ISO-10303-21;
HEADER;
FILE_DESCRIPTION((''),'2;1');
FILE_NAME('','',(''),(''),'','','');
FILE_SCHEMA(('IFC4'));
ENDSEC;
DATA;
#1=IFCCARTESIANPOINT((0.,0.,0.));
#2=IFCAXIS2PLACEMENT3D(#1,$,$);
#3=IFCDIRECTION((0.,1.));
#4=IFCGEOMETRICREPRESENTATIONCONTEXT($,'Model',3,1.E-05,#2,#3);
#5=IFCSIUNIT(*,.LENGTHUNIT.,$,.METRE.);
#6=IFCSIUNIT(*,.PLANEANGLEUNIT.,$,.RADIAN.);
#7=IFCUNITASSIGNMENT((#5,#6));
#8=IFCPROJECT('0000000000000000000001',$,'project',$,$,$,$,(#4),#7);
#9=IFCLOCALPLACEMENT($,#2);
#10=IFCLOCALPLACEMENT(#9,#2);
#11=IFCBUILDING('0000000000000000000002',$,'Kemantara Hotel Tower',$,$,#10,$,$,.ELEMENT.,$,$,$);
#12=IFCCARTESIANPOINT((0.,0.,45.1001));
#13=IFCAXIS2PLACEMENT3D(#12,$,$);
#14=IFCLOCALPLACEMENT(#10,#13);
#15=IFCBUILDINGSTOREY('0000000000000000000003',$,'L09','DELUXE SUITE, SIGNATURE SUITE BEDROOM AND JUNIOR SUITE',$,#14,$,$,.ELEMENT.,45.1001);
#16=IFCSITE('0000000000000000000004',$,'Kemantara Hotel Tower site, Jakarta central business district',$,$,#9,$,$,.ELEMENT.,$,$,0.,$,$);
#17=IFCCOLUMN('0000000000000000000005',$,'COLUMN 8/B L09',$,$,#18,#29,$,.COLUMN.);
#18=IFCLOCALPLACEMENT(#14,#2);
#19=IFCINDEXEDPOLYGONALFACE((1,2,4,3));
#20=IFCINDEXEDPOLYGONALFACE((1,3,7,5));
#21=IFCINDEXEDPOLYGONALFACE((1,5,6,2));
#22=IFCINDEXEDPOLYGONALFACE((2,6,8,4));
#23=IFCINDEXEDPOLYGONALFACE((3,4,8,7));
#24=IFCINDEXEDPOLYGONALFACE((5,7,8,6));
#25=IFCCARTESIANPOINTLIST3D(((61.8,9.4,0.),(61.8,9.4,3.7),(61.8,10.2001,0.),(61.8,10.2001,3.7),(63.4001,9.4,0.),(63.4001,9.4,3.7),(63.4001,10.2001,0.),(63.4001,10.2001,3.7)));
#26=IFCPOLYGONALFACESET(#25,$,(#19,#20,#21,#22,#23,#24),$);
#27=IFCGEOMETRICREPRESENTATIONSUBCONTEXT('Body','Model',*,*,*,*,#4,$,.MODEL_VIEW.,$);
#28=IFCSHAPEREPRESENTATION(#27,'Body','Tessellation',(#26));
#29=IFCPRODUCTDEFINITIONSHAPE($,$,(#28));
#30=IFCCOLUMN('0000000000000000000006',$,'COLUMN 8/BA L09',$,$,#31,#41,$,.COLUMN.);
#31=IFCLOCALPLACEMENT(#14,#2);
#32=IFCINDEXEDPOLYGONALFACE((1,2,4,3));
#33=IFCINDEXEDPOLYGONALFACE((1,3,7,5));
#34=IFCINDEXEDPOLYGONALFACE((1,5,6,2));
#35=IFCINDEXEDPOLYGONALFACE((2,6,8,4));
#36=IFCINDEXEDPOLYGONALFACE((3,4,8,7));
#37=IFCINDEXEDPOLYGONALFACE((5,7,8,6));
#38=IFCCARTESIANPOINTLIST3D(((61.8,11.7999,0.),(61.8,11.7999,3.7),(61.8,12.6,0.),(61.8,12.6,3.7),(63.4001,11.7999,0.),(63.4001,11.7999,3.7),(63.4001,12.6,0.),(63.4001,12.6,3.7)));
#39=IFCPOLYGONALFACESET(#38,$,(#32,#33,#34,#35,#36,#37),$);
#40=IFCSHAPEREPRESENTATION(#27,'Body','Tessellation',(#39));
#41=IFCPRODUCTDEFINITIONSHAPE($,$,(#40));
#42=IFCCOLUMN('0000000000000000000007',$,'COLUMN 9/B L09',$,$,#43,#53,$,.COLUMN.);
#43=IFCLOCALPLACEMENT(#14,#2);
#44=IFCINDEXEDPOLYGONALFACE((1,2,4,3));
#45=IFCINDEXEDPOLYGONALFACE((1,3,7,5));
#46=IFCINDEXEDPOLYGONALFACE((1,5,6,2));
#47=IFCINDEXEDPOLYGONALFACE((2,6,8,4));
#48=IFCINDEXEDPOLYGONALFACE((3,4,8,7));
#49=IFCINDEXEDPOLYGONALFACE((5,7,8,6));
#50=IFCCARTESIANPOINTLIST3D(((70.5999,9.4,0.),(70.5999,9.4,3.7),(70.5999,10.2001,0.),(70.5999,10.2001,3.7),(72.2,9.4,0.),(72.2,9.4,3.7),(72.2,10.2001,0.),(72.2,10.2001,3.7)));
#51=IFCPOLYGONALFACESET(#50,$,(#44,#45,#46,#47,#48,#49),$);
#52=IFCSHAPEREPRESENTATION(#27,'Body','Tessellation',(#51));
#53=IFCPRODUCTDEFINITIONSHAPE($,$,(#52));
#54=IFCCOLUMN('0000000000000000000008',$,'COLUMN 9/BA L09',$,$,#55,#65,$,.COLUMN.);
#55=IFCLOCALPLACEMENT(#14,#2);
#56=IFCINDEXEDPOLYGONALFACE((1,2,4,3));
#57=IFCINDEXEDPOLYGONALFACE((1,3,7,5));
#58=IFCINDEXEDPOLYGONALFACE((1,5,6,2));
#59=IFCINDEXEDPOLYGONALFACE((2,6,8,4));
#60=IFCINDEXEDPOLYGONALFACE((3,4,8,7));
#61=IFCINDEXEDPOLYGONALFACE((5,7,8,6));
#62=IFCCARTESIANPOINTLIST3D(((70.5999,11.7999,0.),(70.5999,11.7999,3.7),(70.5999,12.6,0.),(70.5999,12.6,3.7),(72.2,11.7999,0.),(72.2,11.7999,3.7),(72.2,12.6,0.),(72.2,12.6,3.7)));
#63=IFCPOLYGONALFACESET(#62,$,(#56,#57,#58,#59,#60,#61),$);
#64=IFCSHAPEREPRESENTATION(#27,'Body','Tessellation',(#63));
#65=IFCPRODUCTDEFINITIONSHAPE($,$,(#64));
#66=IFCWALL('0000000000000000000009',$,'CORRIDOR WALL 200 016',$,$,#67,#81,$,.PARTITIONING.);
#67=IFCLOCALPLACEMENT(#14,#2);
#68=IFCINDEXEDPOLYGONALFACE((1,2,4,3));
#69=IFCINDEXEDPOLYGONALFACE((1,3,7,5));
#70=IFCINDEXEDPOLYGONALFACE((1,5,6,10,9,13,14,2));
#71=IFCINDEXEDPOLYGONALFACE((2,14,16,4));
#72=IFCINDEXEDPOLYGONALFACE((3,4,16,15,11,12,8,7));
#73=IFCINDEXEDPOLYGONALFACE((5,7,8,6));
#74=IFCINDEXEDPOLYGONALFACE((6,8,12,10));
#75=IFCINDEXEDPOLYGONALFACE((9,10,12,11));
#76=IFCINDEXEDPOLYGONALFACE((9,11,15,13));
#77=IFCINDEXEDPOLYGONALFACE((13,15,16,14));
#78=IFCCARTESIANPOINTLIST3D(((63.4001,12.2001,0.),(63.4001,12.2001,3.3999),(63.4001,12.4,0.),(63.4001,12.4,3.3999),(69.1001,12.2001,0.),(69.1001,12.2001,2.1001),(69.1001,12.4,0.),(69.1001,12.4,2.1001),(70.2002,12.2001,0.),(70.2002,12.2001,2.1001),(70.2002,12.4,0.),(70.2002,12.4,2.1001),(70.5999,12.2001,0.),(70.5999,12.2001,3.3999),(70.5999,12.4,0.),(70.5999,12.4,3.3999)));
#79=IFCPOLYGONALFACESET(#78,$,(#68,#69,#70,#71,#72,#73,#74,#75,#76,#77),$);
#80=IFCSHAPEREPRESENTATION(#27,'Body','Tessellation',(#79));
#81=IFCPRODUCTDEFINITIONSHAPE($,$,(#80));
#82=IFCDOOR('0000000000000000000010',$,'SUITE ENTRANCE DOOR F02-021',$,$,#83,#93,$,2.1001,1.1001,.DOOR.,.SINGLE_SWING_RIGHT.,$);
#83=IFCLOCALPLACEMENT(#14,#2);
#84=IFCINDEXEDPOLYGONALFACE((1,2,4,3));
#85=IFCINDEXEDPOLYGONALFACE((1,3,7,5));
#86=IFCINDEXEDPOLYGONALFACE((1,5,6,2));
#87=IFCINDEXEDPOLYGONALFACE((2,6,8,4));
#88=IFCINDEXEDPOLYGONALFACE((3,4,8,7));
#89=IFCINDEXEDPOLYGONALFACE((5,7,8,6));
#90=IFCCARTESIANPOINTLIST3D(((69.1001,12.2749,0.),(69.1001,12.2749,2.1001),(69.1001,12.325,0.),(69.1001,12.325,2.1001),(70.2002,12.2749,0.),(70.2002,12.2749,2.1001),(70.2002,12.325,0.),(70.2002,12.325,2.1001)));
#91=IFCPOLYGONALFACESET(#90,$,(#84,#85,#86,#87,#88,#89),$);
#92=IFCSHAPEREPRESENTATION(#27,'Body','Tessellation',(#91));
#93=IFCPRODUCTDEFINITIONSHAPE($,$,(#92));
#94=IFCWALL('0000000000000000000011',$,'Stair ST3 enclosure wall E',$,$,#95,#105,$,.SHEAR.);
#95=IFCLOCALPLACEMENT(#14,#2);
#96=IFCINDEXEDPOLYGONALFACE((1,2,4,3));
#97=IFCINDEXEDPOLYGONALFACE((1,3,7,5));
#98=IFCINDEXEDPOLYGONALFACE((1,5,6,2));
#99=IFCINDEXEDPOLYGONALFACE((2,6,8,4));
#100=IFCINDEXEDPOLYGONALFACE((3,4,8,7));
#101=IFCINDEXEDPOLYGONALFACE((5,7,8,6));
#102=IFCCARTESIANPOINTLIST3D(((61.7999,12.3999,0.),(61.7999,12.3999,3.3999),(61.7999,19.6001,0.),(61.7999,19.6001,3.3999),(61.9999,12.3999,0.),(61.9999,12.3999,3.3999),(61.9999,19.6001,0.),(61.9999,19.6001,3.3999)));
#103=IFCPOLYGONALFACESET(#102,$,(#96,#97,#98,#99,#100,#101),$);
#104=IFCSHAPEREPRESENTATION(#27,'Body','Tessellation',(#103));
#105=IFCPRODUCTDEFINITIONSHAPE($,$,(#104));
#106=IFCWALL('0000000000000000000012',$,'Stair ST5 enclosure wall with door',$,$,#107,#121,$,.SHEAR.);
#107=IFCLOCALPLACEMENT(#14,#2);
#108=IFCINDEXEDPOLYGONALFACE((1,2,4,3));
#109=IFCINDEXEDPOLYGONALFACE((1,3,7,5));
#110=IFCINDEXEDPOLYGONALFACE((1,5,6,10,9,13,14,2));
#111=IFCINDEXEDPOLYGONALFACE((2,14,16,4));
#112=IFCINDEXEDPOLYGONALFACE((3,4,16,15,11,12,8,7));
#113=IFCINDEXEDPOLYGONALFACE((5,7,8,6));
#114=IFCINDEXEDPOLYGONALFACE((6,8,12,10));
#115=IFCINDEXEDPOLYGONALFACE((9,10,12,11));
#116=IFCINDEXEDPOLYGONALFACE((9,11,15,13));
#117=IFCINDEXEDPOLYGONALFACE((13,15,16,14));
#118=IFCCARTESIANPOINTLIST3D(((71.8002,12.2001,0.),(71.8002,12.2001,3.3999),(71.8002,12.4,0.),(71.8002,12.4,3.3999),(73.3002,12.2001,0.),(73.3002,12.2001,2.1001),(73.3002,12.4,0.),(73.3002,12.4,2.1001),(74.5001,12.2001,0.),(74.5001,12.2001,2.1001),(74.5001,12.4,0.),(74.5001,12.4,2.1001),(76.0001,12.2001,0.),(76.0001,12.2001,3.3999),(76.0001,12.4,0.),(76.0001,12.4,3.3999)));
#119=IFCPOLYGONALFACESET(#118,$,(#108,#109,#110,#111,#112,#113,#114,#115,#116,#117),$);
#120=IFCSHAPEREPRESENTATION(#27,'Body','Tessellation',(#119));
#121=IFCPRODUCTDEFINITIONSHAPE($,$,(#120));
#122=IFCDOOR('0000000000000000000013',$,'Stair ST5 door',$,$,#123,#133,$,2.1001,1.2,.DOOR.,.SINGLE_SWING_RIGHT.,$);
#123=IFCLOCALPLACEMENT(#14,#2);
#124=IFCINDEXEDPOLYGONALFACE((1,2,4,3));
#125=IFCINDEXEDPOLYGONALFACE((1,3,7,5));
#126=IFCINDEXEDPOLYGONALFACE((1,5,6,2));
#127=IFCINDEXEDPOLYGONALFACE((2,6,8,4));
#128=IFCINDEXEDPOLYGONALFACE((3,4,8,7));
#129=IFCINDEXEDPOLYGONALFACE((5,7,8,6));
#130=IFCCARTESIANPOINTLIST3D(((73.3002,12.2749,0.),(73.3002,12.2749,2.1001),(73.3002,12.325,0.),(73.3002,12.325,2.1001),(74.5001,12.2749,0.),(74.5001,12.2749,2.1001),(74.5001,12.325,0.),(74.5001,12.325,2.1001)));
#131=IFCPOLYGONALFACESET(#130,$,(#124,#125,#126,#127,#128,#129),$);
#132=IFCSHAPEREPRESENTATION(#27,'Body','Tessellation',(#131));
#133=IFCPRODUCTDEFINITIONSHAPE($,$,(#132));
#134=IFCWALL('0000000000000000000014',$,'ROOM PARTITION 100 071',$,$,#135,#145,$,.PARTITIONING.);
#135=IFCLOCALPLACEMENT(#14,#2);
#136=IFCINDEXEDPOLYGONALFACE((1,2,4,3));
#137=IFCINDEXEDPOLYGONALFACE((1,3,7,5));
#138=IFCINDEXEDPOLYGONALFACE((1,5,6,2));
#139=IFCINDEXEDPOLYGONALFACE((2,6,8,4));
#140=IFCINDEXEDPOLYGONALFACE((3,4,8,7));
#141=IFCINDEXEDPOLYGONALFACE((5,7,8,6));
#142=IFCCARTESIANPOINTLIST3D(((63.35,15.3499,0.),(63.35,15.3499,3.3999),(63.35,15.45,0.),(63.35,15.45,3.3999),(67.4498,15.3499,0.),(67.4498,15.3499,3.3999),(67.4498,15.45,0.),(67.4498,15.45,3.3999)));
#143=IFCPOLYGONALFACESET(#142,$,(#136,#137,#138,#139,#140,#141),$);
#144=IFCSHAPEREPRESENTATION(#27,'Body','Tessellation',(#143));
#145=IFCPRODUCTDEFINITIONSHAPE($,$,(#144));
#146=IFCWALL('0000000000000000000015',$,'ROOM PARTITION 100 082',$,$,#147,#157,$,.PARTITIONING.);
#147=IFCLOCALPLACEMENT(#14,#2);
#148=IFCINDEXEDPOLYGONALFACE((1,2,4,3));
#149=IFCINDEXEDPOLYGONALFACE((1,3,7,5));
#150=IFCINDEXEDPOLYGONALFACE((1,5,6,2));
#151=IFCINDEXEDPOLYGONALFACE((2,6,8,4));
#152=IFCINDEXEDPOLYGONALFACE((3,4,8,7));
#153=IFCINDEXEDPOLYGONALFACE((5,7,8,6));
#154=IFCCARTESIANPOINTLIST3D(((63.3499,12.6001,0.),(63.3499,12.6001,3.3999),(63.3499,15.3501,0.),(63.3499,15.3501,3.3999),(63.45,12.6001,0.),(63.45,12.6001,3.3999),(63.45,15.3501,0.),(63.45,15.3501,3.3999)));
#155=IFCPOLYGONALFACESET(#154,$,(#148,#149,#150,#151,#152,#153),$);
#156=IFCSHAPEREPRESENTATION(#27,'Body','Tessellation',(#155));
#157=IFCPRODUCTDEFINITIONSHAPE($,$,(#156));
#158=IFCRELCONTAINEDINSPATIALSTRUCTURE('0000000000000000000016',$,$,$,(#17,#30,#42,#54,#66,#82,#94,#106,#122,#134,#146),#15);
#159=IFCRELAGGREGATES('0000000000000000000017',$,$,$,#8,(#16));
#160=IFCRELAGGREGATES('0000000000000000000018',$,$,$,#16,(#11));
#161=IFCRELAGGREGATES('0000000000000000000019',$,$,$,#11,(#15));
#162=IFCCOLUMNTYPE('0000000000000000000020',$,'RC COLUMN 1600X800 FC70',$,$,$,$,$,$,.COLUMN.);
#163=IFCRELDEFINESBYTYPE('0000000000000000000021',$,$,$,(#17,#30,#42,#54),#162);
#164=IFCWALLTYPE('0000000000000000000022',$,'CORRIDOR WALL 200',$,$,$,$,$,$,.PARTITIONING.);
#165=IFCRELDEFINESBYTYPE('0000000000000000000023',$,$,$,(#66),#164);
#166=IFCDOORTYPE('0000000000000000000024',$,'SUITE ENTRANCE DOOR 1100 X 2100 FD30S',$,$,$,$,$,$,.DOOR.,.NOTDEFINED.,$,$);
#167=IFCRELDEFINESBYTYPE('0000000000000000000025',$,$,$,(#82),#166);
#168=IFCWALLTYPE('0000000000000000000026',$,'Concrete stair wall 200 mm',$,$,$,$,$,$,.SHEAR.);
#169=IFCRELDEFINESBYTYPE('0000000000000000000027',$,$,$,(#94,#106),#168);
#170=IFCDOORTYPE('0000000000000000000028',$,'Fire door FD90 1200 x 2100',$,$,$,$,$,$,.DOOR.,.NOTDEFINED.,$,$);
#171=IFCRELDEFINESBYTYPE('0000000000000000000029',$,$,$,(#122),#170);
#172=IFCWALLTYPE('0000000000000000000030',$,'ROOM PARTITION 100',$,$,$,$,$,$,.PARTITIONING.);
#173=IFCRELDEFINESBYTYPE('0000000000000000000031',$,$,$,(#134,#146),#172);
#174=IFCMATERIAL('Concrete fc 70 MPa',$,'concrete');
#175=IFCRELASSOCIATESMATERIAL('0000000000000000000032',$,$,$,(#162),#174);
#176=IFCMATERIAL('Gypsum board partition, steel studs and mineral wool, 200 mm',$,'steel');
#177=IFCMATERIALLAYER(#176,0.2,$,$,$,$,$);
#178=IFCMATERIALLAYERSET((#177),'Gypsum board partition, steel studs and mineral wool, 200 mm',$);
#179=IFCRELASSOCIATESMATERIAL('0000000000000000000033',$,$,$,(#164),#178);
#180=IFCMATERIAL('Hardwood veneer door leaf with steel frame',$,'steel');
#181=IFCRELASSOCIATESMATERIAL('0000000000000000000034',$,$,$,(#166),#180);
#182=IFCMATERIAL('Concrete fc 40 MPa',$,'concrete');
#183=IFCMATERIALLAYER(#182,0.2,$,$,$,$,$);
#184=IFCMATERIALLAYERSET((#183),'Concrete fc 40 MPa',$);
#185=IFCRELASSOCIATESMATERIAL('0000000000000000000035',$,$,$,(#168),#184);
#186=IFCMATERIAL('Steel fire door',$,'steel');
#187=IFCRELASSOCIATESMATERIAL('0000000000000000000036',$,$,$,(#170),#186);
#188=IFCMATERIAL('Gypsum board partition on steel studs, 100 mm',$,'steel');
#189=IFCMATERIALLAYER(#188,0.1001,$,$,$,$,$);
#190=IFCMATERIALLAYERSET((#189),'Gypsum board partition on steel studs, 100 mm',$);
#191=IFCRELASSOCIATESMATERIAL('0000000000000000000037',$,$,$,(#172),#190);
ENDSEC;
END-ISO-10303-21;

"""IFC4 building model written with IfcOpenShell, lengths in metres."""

from ifc_helpers import new_model, si_unit, direction, frame, frame_2d, origin, origin_2d, place, context, subcontext, project, spatial, rectangle, extrude, material, layer, layer_set, material_profile, profile_set, type_object, element, fill, save


model = new_model("IFC4")

# Units and contexts
model_context = context("Model", 3, precision=1e-05, world=origin(), true_north=direction((0.0, 1.0)))
body_context = subcontext(model_context, "Body", "Model", "MODEL_VIEW")
ifc_project = project(units=[si_unit("LENGTHUNIT", "METRE"), si_unit("PLANEANGLEUNIT", "RADIAN")], contexts=[model_context])

# Site, building, storey
site_placement = place(None, origin())
site = spatial("IfcSite", under=ifc_project, at=site_placement, Name="Kemantara Hotel Tower site, Jakarta central business district", CompositionType="ELEMENT", RefElevation=0.0)
building_placement = place(site_placement, origin())
building = spatial("IfcBuilding", under=site, at=building_placement, Name="Kemantara Hotel Tower", CompositionType="ELEMENT")
storey_placement = place(building_placement, frame((0.0, 0.0, 45.1001)))
storey = spatial("IfcBuildingStorey", under=building, at=storey_placement, Name="L09", Description="DELUXE SUITE, SIGNATURE SUITE BEDROOM AND JUNIOR SUITE", CompositionType="ELEMENT", Elevation=45.1001)

# Columns
ifc_material_1 = material(Name="Concrete fc 70 MPa", Category="concrete")
ifc_material_profile = material_profile(ifc_material_1, rectangle(XDim=1.6001, YDim=0.8, at=origin_2d()), Name="RC 1600X800")
ifc_profile_set = profile_set([ifc_material_profile], Name="Concrete fc 70 MPa")
column_type = type_object("IfcColumnType", Name="RC COLUMN 1600X800 FC70", PredefinedType="COLUMN", material=ifc_profile_set)
for number, where, z_axis, x_axis, name in (
    (1, (62.6001, 9.8, 0.0), (0.0, 0.0, 1.0), (1.0, 0.0, 0.0), "COLUMN 8/B L09"),
    (2, (62.6001, 12.2, 0.0), (0.0, 0.0, 1.0), (1.0, 0.0, 0.0), "COLUMN 8/BA L09"),
    (3, (71.3999, 9.8, 0.0), (0.0, 0.0, 1.0), (1.0, 0.0, 0.0), "COLUMN 9/B L09"),
    (4, (71.3999, 12.2, 0.0), (0.0, 0.0, 1.0), (1.0, 0.0, 0.0), "COLUMN 9/BA L09"),
):
    element("IfcColumn", number, at=place(storey_placement, frame(where, z_axis=z_axis, x_axis=x_axis)), inside=storey, type_object=column_type, Name=name, PredefinedType="COLUMN", context=body_context, shape_type="SweptSolid", body=[
        extrude(rectangle(XDim=1.6001, YDim=0.8, at=origin_2d()), origin(), (0.0, 0.0, 1.0), 3.7),
    ])

# Wall, opening, door
ifc_material_2 = material(Name="Gypsum board partition, steel studs and mineral wool, 200 mm", Category="steel")
ifc_layer_1 = layer(ifc_material_2, 0.2)
ifc_layer_set_1 = layer_set([ifc_layer_1], Name="Gypsum board partition, steel studs and mineral wool, 200 mm")
wall_type_1 = type_object("IfcWallType", Name="CORRIDOR WALL 200", PredefinedType="PARTITIONING", material=ifc_layer_set_1)
wall_1_placement = place(storey_placement, frame((63.4001, 12.3, 0.0), z_axis=(0.0, 0.0, 1.0), x_axis=(1.0, 0.0, 0.0)))
wall_1 = element("IfcWall", 5, at=wall_1_placement, inside=storey, type_object=wall_type_1, Name="CORRIDOR WALL 200 016", PredefinedType="PARTITIONING", context=body_context, shape_type="SweptSolid", body=[
    extrude(rectangle(XDim=7.1997, YDim=0.2, at=frame_2d((3.5999, 0.0))), origin(), (0.0, 0.0, 1.0), 3.3999),
])
opening_1_placement = place(wall_1_placement, frame((5.7, 0.0, 0.0)))
opening_1 = element("IfcOpeningElement", 6, at=opening_1_placement, cuts=wall_1, PredefinedType="OPENING", context=body_context, shape_type="SweptSolid", body=[
    extrude(rectangle(XDim=1.1001, YDim=2.1001, at=frame_2d((0.55, 1.05))), frame((0.0, 0.1099, 0.0), z_axis=(0.0, -1.0, 0.0), x_axis=(1.0, 0.0, 0.0)), (0.0, 0.0, 1.0), 0.22),
])
ifc_material_3 = material(Name="Hardwood veneer door leaf with steel frame", Category="steel")
door_type_1 = type_object("IfcDoorType", Name="SUITE ENTRANCE DOOR 1100 X 2100 FD30S", OperationType="NOTDEFINED", PredefinedType="DOOR", material=ifc_material_3)
door_1_placement = place(opening_1_placement, origin())
door_1 = element("IfcDoor", 7, at=door_1_placement, inside=storey, type_object=door_type_1, Name="SUITE ENTRANCE DOOR F02-021", OperationType="SINGLE_SWING_RIGHT", OverallHeight=2.1001, OverallWidth=1.1001, PredefinedType="DOOR", context=body_context, shape_type="SweptSolid", body=[
    extrude(rectangle(XDim=1.1001, YDim=2.1001, at=frame_2d((0.55, 1.05))), frame((0.0, 0.0249, 0.0), z_axis=(0.0, -1.0, 0.0), x_axis=(1.0, 0.0, 0.0)), (0.0, 0.0, 1.0), 0.05),
])
fill(opening_1, door_1)

# Wall
ifc_material_4 = material(Name="Concrete fc 40 MPa", Category="concrete")
ifc_layer_2 = layer(ifc_material_4, 0.2)
ifc_layer_set_2 = layer_set([ifc_layer_2], Name="Concrete fc 40 MPa")
wall_type_2 = type_object("IfcWallType", Name="Concrete stair wall 200 mm", PredefinedType="SHEAR", material=ifc_layer_set_2)
wall_2_placement = place(storey_placement, frame((61.8999, 12.3999, 0.0), z_axis=(0.0, 0.0, 1.0), x_axis=(0.0, 1.0, 0.0)))
element("IfcWall", 8, at=wall_2_placement, inside=storey, type_object=wall_type_2, Name="Stair ST3 enclosure wall E", PredefinedType="SHEAR", context=body_context, shape_type="SweptSolid", body=[
    extrude(rectangle(XDim=7.2002, YDim=0.2, at=frame_2d((3.6001, 0.0))), origin(), (0.0, 0.0, 1.0), 3.3999),
])

# Wall, opening, door
wall_3_placement = place(storey_placement, frame((71.8, 12.3, 0.0), z_axis=(0.0, 0.0, 1.0), x_axis=(1.0, 0.0, 0.0)))
wall_3 = element("IfcWall", 9, at=wall_3_placement, inside=storey, type_object=wall_type_2, Name="Stair ST5 enclosure wall with door", PredefinedType="SHEAR", context=body_context, shape_type="SweptSolid", body=[
    extrude(rectangle(XDim=4.2, YDim=0.2, at=frame_2d((2.1001, 0.0))), origin(), (0.0, 0.0, 1.0), 3.3999),
])
opening_2_placement = place(wall_3_placement, frame((1.5, 0.0, 0.0)))
opening_2 = element("IfcOpeningElement", 10, at=opening_2_placement, cuts=wall_3, PredefinedType="OPENING", context=body_context, shape_type="SweptSolid", body=[
    extrude(rectangle(XDim=1.2, YDim=2.1001, at=frame_2d((0.6001, 1.05))), frame((0.0, 0.1099, 0.0), z_axis=(0.0, -1.0, 0.0), x_axis=(1.0, 0.0, 0.0)), (0.0, 0.0, 1.0), 0.22),
])
ifc_material_5 = material(Name="Steel fire door", Category="steel")
door_type_2 = type_object("IfcDoorType", Name="Fire door FD90 1200 x 2100", OperationType="NOTDEFINED", PredefinedType="DOOR", material=ifc_material_5)
door_2_placement = place(opening_2_placement, origin())
door_2 = element("IfcDoor", 11, at=door_2_placement, inside=storey, type_object=door_type_2, Name="Stair ST5 door", OperationType="SINGLE_SWING_RIGHT", OverallHeight=2.1001, OverallWidth=1.2, PredefinedType="DOOR", context=body_context, shape_type="SweptSolid", body=[
    extrude(rectangle(XDim=1.2, YDim=2.1001, at=frame_2d((0.6001, 1.05))), frame((0.0, 0.0249, 0.0), z_axis=(0.0, -1.0, 0.0), x_axis=(1.0, 0.0, 0.0)), (0.0, 0.0, 1.0), 0.05),
])
fill(opening_2, door_2)

# Walls
ifc_material_6 = material(Name="Gypsum board partition on steel studs, 100 mm", Category="steel")
ifc_layer_3 = layer(ifc_material_6, 0.1001)
ifc_layer_set_3 = layer_set([ifc_layer_3], Name="Gypsum board partition on steel studs, 100 mm")
wall_type_3 = type_object("IfcWallType", Name="ROOM PARTITION 100", PredefinedType="PARTITIONING", material=ifc_layer_set_3)
wall_4_placement = place(storey_placement, frame((63.3501, 15.3999, 0.0), z_axis=(0.0, 0.0, 1.0), x_axis=(1.0, 0.0, 0.0)))
element("IfcWall", 12, at=wall_4_placement, inside=storey, type_object=wall_type_3, Name="ROOM PARTITION 100 071", PredefinedType="PARTITIONING", context=body_context, shape_type="SweptSolid", body=[
    extrude(rectangle(XDim=4.0999, YDim=0.1001, at=frame_2d((2.0498, 0.0))), origin(), (0.0, 0.0, 1.0), 3.3999),
])
wall_5_placement = place(storey_placement, frame((63.3999, 12.6001, 0.0), z_axis=(0.0, 0.0, 1.0), x_axis=(0.0, 1.0, 0.0)))
element("IfcWall", 13, at=wall_5_placement, inside=storey, type_object=wall_type_3, Name="ROOM PARTITION 100 082", PredefinedType="PARTITIONING", context=body_context, shape_type="SweptSolid", body=[
    extrude(rectangle(XDim=2.75, YDim=0.1001, at=frame_2d((1.375, 0.0))), origin(), (0.0, 0.0, 1.0), 3.3999),
])

save(model, "model.ifc")
